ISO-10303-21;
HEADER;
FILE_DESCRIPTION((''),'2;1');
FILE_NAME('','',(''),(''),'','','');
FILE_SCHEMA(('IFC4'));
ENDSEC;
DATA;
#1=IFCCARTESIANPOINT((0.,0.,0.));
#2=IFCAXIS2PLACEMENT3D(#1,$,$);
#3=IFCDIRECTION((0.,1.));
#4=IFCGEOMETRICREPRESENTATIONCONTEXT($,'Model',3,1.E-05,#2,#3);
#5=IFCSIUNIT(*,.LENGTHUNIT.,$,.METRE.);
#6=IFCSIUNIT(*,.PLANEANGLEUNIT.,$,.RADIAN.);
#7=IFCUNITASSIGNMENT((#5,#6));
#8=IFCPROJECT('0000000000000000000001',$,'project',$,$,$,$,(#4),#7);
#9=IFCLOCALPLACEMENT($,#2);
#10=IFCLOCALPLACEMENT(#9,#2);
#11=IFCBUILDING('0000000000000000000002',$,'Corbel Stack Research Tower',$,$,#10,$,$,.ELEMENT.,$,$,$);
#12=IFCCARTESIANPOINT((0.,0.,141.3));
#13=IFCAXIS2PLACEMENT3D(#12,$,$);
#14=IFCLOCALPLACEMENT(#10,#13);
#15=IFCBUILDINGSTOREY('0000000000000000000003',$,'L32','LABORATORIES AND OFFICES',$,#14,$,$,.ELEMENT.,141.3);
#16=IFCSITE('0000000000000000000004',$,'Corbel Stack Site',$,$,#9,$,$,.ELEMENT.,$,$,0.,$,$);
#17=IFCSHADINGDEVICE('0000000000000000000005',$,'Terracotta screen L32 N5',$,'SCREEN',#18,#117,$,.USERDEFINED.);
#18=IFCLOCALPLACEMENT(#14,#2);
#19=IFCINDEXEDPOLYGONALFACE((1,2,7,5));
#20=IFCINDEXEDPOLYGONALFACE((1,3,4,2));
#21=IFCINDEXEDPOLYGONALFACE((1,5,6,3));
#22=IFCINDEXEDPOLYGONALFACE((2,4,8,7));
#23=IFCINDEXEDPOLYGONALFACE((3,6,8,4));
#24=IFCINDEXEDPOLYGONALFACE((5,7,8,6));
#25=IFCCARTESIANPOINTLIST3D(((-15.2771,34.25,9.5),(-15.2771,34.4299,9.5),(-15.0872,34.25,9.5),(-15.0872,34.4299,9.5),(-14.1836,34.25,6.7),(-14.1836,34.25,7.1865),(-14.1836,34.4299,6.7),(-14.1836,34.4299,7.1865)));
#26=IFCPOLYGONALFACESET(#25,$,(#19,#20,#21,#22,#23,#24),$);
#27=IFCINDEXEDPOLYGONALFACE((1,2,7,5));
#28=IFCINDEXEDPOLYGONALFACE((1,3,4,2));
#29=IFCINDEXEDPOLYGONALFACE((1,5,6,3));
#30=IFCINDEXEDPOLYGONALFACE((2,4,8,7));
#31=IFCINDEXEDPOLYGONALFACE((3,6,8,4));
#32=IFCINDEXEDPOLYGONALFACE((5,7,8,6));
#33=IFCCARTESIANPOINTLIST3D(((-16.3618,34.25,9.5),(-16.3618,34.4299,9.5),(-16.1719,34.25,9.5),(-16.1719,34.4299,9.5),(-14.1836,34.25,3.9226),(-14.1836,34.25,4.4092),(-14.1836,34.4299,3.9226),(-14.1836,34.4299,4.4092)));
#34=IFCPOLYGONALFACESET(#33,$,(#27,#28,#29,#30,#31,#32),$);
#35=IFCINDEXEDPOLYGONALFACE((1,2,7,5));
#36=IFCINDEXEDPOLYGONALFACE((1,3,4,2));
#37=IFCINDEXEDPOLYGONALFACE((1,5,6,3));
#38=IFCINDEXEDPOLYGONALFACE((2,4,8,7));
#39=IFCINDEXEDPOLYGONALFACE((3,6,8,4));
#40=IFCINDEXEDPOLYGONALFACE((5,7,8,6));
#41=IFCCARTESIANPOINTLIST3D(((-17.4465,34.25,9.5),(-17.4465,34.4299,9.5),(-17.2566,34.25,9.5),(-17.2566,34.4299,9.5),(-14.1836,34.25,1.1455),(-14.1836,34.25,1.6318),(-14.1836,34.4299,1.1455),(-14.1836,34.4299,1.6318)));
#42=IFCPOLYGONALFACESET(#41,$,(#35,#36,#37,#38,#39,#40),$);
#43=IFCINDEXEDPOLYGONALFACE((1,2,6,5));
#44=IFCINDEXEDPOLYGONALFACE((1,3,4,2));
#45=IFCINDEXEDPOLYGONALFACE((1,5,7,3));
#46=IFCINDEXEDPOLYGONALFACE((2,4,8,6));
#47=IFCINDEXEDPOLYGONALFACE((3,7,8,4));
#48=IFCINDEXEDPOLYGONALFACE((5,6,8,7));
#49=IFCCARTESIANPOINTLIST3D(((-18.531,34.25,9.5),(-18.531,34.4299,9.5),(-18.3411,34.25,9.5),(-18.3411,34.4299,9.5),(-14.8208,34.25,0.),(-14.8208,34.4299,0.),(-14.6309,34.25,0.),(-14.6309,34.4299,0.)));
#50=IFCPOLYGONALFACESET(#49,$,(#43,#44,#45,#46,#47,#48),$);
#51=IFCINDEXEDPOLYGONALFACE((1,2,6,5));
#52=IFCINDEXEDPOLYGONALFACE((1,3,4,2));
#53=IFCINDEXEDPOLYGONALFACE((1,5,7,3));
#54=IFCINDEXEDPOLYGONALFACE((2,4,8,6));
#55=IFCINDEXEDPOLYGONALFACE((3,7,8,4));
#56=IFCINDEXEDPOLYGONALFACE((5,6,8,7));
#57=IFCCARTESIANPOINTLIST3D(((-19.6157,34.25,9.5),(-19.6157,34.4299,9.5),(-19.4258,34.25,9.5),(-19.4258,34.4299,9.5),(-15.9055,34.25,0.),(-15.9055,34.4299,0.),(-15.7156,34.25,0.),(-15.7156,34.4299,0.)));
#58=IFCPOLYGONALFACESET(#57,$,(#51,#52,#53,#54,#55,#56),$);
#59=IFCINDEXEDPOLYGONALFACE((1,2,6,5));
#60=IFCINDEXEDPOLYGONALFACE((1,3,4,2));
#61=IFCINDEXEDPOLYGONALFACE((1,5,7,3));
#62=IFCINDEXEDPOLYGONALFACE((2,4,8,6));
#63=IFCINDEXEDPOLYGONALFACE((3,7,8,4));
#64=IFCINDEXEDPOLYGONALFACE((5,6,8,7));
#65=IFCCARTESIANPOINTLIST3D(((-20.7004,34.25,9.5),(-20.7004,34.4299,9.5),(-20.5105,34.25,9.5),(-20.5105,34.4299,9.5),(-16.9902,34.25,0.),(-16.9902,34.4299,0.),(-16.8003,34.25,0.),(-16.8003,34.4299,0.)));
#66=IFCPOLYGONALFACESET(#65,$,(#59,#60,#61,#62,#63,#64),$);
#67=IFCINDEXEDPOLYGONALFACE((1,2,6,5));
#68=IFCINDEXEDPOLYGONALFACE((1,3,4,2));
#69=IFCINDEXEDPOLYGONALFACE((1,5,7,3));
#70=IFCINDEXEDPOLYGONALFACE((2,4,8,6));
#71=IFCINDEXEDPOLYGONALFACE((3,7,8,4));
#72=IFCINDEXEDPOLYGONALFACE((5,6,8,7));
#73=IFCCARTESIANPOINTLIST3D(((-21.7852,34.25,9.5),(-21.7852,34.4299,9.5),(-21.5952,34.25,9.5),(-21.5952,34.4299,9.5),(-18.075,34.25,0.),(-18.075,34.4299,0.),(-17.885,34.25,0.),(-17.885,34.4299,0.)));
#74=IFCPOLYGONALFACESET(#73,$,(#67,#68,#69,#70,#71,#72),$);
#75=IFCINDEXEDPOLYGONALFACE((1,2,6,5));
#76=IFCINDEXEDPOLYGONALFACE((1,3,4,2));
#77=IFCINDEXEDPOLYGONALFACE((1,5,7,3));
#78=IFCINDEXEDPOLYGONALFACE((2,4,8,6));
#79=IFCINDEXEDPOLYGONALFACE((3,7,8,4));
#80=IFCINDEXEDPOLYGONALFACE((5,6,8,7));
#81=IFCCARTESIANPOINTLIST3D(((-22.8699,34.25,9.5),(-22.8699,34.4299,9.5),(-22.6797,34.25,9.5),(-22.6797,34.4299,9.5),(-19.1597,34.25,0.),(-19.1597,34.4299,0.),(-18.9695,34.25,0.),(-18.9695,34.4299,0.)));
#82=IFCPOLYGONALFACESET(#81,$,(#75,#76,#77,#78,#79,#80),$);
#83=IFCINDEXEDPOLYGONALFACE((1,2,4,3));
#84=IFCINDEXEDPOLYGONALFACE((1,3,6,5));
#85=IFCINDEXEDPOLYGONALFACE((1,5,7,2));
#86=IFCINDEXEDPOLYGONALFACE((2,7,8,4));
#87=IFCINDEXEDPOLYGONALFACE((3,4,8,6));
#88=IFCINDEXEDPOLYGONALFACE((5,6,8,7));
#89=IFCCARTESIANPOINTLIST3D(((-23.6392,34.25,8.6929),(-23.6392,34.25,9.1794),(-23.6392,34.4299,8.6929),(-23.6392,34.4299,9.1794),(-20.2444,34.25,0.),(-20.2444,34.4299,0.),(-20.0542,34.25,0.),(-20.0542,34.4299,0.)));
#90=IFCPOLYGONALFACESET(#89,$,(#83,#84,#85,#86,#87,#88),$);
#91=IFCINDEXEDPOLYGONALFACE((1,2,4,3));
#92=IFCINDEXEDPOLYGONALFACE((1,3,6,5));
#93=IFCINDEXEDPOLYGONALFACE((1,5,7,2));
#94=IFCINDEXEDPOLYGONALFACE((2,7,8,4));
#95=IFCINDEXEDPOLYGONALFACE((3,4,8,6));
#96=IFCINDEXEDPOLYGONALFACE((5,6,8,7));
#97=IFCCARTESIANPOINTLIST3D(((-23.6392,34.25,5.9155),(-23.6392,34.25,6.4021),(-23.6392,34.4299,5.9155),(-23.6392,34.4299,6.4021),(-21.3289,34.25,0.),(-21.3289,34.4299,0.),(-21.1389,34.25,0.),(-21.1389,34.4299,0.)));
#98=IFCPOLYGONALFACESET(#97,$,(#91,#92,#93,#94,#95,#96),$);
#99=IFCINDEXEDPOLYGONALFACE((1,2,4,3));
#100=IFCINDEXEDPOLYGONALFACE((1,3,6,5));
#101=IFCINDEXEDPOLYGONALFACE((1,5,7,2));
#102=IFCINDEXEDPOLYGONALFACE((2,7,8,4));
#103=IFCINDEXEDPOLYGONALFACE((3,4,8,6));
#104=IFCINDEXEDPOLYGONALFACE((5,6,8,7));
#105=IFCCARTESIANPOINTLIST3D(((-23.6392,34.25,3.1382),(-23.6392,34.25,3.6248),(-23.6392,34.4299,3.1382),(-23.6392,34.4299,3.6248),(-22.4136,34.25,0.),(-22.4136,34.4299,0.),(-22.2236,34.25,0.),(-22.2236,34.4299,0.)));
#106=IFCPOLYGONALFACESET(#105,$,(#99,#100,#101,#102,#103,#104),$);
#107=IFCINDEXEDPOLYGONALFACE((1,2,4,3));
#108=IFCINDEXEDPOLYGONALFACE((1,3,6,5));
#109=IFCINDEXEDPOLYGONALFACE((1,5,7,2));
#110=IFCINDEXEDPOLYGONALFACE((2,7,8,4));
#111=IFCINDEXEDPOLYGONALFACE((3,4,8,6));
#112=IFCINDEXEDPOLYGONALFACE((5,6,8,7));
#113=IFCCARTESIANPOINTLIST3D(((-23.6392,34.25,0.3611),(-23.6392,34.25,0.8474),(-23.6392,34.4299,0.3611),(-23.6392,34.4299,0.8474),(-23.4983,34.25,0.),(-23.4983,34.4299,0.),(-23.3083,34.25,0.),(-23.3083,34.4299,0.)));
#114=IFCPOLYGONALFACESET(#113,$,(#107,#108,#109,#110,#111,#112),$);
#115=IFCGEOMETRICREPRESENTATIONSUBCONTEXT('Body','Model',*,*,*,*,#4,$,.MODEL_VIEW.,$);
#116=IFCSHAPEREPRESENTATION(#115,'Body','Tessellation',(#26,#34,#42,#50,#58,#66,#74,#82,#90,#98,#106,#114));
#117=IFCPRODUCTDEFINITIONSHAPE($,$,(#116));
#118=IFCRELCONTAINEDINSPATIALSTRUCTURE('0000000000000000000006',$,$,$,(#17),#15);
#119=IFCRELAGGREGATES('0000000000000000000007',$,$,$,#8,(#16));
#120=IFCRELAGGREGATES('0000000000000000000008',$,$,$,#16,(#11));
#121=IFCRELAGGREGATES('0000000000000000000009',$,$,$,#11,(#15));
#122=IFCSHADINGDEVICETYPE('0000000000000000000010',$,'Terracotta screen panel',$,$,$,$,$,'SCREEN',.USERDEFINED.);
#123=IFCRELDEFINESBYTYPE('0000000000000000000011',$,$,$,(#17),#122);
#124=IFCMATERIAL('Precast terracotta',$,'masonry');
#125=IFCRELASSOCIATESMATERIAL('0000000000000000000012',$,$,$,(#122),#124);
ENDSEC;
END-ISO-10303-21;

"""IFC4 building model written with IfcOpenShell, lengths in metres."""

from ifc_helpers import new_model, si_unit, direction, frame, origin, place, context, subcontext, project, spatial, polyline, outline, extrude, source, transform, mapped, material, type_object, element, save


model = new_model("IFC4")

# Units and contexts
model_context = context("Model", 3, precision=1e-05, world=origin(), true_north=direction((0.0, 1.0)))
body_context = subcontext(model_context, "Body", "Model", "MODEL_VIEW")
ifc_project = project(units=[si_unit("LENGTHUNIT", "METRE"), si_unit("PLANEANGLEUNIT", "RADIAN")], contexts=[model_context])

# Site, building, storey
site_placement = place(None, origin())
site = spatial("IfcSite", under=ifc_project, at=site_placement, Name="Corbel Stack Site", CompositionType="ELEMENT", RefElevation=0.0)
building_placement = place(site_placement, origin())
building = spatial("IfcBuilding", under=site, at=building_placement, Name="Corbel Stack Research Tower", CompositionType="ELEMENT")
storey_placement = place(building_placement, frame((0.0, 0.0, 141.3)))
storey = spatial("IfcBuildingStorey", under=building, at=storey_placement, Name="L32", Description="LABORATORIES AND OFFICES", CompositionType="ELEMENT", Elevation=141.3)

# Shading device
ifc_material_1 = material(Name="Precast terracotta", Category="masonry")
shading_device_type = type_object("IfcShadingDeviceType", Name="Terracotta screen panel", ElementType="SCREEN", PredefinedType="USERDEFINED", material=ifc_material_1)
shared_shape_1 = source(origin(), body_context, "Body", "SweptSolid", [
    extrude(outline(polyline([(1.0935, 9.5), (0.9036, 9.5), (0.0, 7.1865), (0.0, 6.7), (1.0935, 9.5)])), frame((0.0, 0.0, 0.0), z_axis=(0.0, -1.0, 0.0), x_axis=(1.0, 0.0, 0.0)), (0.0, 0.0, 1.0), 0.1799),
    extrude(outline(polyline([(2.1782, 9.5), (1.9883, 9.5), (0.0, 4.4092), (0.0, 3.9226), (2.1782, 9.5)])), frame((0.0, 0.0, 0.0), z_axis=(0.0, -1.0, 0.0), x_axis=(1.0, 0.0, 0.0)), (0.0, 0.0, 1.0), 0.1799),
    extrude(outline(polyline([(3.2629, 9.5), (3.073, 9.5), (0.0, 1.6318), (0.0, 1.1455), (3.2629, 9.5)])), frame((0.0, 0.0, 0.0), z_axis=(0.0, -1.0, 0.0), x_axis=(1.0, 0.0, 0.0)), (0.0, 0.0, 1.0), 0.1799),
    extrude(outline(polyline([(0.6372, 0.0), (4.3474, 9.5), (4.1575, 9.5), (0.4473, 0.0), (0.6372, 0.0)])), frame((0.0, 0.0, 0.0), z_axis=(0.0, -1.0, 0.0), x_axis=(1.0, 0.0, 0.0)), (0.0, 0.0, 1.0), 0.1799),
    extrude(outline(polyline([(1.7219, 0.0), (5.4321, 9.5), (5.2422, 9.5), (1.532, 0.0), (1.7219, 0.0)])), frame((0.0, 0.0, 0.0), z_axis=(0.0, -1.0, 0.0), x_axis=(1.0, 0.0, 0.0)), (0.0, 0.0, 1.0), 0.1799),
    extrude(outline(polyline([(2.8066, 0.0), (6.5168, 9.5), (6.3269, 9.5), (2.6167, 0.0), (2.8066, 0.0)])), frame((0.0, 0.0, 0.0), z_axis=(0.0, -1.0, 0.0), x_axis=(1.0, 0.0, 0.0)), (0.0, 0.0, 1.0), 0.1799),
    extrude(outline(polyline([(3.8914, 0.0), (7.6016, 9.5), (7.4116, 9.5), (3.7014, 0.0), (3.8914, 0.0)])), frame((0.0, 0.0, 0.0), z_axis=(0.0, -1.0, 0.0), x_axis=(1.0, 0.0, 0.0)), (0.0, 0.0, 1.0), 0.1799),
    extrude(outline(polyline([(4.9761, 0.0), (8.6863, 9.5), (8.4961, 9.5), (4.7859, 0.0), (4.9761, 0.0)])), frame((0.0, 0.0, 0.0), z_axis=(0.0, -1.0, 0.0), x_axis=(1.0, 0.0, 0.0)), (0.0, 0.0, 1.0), 0.1799),
    extrude(outline(polyline([(6.0608, 0.0), (9.4556, 8.6929), (9.4556, 9.1794), (5.8706, 0.0), (6.0608, 0.0)])), frame((0.0, 0.0, 0.0), z_axis=(0.0, -1.0, 0.0), x_axis=(1.0, 0.0, 0.0)), (0.0, 0.0, 1.0), 0.1799),
    extrude(outline(polyline([(7.1453, 0.0), (9.4556, 5.9155), (9.4556, 6.4021), (6.9553, 0.0), (7.1453, 0.0)])), frame((0.0, 0.0, 0.0), z_axis=(0.0, -1.0, 0.0), x_axis=(1.0, 0.0, 0.0)), (0.0, 0.0, 1.0), 0.1799),
    extrude(outline(polyline([(8.23, 0.0), (9.4556, 3.1382), (9.4556, 3.6248), (8.04, 0.0), (8.23, 0.0)])), frame((0.0, 0.0, 0.0), z_axis=(0.0, -1.0, 0.0), x_axis=(1.0, 0.0, 0.0)), (0.0, 0.0, 1.0), 0.1799),
    extrude(outline(polyline([(9.3147, 0.0), (9.4556, 0.3611), (9.4556, 0.8474), (9.1248, 0.0), (9.3147, 0.0)])), frame((0.0, 0.0, 0.0), z_axis=(0.0, -1.0, 0.0), x_axis=(1.0, 0.0, 0.0)), (0.0, 0.0, 1.0), 0.1799),
])
shading_device_1_placement = place(storey_placement, frame((-14.1836, 34.25, 0.0), z_axis=(0.0, 0.0, 1.0), x_axis=(-1.0, 0.0, 0.0)))
element("IfcShadingDevice", 1, at=shading_device_1_placement, inside=storey, type_object=shading_device_type, Name="Terracotta screen L32 N5", ObjectType="SCREEN", PredefinedType="USERDEFINED", context=body_context, shape_type="MappedRepresentation", body=[
    mapped(shared_shape_1, transform((0.0, 0.0, 0.0))),
])

save(model, "model.ifc")
